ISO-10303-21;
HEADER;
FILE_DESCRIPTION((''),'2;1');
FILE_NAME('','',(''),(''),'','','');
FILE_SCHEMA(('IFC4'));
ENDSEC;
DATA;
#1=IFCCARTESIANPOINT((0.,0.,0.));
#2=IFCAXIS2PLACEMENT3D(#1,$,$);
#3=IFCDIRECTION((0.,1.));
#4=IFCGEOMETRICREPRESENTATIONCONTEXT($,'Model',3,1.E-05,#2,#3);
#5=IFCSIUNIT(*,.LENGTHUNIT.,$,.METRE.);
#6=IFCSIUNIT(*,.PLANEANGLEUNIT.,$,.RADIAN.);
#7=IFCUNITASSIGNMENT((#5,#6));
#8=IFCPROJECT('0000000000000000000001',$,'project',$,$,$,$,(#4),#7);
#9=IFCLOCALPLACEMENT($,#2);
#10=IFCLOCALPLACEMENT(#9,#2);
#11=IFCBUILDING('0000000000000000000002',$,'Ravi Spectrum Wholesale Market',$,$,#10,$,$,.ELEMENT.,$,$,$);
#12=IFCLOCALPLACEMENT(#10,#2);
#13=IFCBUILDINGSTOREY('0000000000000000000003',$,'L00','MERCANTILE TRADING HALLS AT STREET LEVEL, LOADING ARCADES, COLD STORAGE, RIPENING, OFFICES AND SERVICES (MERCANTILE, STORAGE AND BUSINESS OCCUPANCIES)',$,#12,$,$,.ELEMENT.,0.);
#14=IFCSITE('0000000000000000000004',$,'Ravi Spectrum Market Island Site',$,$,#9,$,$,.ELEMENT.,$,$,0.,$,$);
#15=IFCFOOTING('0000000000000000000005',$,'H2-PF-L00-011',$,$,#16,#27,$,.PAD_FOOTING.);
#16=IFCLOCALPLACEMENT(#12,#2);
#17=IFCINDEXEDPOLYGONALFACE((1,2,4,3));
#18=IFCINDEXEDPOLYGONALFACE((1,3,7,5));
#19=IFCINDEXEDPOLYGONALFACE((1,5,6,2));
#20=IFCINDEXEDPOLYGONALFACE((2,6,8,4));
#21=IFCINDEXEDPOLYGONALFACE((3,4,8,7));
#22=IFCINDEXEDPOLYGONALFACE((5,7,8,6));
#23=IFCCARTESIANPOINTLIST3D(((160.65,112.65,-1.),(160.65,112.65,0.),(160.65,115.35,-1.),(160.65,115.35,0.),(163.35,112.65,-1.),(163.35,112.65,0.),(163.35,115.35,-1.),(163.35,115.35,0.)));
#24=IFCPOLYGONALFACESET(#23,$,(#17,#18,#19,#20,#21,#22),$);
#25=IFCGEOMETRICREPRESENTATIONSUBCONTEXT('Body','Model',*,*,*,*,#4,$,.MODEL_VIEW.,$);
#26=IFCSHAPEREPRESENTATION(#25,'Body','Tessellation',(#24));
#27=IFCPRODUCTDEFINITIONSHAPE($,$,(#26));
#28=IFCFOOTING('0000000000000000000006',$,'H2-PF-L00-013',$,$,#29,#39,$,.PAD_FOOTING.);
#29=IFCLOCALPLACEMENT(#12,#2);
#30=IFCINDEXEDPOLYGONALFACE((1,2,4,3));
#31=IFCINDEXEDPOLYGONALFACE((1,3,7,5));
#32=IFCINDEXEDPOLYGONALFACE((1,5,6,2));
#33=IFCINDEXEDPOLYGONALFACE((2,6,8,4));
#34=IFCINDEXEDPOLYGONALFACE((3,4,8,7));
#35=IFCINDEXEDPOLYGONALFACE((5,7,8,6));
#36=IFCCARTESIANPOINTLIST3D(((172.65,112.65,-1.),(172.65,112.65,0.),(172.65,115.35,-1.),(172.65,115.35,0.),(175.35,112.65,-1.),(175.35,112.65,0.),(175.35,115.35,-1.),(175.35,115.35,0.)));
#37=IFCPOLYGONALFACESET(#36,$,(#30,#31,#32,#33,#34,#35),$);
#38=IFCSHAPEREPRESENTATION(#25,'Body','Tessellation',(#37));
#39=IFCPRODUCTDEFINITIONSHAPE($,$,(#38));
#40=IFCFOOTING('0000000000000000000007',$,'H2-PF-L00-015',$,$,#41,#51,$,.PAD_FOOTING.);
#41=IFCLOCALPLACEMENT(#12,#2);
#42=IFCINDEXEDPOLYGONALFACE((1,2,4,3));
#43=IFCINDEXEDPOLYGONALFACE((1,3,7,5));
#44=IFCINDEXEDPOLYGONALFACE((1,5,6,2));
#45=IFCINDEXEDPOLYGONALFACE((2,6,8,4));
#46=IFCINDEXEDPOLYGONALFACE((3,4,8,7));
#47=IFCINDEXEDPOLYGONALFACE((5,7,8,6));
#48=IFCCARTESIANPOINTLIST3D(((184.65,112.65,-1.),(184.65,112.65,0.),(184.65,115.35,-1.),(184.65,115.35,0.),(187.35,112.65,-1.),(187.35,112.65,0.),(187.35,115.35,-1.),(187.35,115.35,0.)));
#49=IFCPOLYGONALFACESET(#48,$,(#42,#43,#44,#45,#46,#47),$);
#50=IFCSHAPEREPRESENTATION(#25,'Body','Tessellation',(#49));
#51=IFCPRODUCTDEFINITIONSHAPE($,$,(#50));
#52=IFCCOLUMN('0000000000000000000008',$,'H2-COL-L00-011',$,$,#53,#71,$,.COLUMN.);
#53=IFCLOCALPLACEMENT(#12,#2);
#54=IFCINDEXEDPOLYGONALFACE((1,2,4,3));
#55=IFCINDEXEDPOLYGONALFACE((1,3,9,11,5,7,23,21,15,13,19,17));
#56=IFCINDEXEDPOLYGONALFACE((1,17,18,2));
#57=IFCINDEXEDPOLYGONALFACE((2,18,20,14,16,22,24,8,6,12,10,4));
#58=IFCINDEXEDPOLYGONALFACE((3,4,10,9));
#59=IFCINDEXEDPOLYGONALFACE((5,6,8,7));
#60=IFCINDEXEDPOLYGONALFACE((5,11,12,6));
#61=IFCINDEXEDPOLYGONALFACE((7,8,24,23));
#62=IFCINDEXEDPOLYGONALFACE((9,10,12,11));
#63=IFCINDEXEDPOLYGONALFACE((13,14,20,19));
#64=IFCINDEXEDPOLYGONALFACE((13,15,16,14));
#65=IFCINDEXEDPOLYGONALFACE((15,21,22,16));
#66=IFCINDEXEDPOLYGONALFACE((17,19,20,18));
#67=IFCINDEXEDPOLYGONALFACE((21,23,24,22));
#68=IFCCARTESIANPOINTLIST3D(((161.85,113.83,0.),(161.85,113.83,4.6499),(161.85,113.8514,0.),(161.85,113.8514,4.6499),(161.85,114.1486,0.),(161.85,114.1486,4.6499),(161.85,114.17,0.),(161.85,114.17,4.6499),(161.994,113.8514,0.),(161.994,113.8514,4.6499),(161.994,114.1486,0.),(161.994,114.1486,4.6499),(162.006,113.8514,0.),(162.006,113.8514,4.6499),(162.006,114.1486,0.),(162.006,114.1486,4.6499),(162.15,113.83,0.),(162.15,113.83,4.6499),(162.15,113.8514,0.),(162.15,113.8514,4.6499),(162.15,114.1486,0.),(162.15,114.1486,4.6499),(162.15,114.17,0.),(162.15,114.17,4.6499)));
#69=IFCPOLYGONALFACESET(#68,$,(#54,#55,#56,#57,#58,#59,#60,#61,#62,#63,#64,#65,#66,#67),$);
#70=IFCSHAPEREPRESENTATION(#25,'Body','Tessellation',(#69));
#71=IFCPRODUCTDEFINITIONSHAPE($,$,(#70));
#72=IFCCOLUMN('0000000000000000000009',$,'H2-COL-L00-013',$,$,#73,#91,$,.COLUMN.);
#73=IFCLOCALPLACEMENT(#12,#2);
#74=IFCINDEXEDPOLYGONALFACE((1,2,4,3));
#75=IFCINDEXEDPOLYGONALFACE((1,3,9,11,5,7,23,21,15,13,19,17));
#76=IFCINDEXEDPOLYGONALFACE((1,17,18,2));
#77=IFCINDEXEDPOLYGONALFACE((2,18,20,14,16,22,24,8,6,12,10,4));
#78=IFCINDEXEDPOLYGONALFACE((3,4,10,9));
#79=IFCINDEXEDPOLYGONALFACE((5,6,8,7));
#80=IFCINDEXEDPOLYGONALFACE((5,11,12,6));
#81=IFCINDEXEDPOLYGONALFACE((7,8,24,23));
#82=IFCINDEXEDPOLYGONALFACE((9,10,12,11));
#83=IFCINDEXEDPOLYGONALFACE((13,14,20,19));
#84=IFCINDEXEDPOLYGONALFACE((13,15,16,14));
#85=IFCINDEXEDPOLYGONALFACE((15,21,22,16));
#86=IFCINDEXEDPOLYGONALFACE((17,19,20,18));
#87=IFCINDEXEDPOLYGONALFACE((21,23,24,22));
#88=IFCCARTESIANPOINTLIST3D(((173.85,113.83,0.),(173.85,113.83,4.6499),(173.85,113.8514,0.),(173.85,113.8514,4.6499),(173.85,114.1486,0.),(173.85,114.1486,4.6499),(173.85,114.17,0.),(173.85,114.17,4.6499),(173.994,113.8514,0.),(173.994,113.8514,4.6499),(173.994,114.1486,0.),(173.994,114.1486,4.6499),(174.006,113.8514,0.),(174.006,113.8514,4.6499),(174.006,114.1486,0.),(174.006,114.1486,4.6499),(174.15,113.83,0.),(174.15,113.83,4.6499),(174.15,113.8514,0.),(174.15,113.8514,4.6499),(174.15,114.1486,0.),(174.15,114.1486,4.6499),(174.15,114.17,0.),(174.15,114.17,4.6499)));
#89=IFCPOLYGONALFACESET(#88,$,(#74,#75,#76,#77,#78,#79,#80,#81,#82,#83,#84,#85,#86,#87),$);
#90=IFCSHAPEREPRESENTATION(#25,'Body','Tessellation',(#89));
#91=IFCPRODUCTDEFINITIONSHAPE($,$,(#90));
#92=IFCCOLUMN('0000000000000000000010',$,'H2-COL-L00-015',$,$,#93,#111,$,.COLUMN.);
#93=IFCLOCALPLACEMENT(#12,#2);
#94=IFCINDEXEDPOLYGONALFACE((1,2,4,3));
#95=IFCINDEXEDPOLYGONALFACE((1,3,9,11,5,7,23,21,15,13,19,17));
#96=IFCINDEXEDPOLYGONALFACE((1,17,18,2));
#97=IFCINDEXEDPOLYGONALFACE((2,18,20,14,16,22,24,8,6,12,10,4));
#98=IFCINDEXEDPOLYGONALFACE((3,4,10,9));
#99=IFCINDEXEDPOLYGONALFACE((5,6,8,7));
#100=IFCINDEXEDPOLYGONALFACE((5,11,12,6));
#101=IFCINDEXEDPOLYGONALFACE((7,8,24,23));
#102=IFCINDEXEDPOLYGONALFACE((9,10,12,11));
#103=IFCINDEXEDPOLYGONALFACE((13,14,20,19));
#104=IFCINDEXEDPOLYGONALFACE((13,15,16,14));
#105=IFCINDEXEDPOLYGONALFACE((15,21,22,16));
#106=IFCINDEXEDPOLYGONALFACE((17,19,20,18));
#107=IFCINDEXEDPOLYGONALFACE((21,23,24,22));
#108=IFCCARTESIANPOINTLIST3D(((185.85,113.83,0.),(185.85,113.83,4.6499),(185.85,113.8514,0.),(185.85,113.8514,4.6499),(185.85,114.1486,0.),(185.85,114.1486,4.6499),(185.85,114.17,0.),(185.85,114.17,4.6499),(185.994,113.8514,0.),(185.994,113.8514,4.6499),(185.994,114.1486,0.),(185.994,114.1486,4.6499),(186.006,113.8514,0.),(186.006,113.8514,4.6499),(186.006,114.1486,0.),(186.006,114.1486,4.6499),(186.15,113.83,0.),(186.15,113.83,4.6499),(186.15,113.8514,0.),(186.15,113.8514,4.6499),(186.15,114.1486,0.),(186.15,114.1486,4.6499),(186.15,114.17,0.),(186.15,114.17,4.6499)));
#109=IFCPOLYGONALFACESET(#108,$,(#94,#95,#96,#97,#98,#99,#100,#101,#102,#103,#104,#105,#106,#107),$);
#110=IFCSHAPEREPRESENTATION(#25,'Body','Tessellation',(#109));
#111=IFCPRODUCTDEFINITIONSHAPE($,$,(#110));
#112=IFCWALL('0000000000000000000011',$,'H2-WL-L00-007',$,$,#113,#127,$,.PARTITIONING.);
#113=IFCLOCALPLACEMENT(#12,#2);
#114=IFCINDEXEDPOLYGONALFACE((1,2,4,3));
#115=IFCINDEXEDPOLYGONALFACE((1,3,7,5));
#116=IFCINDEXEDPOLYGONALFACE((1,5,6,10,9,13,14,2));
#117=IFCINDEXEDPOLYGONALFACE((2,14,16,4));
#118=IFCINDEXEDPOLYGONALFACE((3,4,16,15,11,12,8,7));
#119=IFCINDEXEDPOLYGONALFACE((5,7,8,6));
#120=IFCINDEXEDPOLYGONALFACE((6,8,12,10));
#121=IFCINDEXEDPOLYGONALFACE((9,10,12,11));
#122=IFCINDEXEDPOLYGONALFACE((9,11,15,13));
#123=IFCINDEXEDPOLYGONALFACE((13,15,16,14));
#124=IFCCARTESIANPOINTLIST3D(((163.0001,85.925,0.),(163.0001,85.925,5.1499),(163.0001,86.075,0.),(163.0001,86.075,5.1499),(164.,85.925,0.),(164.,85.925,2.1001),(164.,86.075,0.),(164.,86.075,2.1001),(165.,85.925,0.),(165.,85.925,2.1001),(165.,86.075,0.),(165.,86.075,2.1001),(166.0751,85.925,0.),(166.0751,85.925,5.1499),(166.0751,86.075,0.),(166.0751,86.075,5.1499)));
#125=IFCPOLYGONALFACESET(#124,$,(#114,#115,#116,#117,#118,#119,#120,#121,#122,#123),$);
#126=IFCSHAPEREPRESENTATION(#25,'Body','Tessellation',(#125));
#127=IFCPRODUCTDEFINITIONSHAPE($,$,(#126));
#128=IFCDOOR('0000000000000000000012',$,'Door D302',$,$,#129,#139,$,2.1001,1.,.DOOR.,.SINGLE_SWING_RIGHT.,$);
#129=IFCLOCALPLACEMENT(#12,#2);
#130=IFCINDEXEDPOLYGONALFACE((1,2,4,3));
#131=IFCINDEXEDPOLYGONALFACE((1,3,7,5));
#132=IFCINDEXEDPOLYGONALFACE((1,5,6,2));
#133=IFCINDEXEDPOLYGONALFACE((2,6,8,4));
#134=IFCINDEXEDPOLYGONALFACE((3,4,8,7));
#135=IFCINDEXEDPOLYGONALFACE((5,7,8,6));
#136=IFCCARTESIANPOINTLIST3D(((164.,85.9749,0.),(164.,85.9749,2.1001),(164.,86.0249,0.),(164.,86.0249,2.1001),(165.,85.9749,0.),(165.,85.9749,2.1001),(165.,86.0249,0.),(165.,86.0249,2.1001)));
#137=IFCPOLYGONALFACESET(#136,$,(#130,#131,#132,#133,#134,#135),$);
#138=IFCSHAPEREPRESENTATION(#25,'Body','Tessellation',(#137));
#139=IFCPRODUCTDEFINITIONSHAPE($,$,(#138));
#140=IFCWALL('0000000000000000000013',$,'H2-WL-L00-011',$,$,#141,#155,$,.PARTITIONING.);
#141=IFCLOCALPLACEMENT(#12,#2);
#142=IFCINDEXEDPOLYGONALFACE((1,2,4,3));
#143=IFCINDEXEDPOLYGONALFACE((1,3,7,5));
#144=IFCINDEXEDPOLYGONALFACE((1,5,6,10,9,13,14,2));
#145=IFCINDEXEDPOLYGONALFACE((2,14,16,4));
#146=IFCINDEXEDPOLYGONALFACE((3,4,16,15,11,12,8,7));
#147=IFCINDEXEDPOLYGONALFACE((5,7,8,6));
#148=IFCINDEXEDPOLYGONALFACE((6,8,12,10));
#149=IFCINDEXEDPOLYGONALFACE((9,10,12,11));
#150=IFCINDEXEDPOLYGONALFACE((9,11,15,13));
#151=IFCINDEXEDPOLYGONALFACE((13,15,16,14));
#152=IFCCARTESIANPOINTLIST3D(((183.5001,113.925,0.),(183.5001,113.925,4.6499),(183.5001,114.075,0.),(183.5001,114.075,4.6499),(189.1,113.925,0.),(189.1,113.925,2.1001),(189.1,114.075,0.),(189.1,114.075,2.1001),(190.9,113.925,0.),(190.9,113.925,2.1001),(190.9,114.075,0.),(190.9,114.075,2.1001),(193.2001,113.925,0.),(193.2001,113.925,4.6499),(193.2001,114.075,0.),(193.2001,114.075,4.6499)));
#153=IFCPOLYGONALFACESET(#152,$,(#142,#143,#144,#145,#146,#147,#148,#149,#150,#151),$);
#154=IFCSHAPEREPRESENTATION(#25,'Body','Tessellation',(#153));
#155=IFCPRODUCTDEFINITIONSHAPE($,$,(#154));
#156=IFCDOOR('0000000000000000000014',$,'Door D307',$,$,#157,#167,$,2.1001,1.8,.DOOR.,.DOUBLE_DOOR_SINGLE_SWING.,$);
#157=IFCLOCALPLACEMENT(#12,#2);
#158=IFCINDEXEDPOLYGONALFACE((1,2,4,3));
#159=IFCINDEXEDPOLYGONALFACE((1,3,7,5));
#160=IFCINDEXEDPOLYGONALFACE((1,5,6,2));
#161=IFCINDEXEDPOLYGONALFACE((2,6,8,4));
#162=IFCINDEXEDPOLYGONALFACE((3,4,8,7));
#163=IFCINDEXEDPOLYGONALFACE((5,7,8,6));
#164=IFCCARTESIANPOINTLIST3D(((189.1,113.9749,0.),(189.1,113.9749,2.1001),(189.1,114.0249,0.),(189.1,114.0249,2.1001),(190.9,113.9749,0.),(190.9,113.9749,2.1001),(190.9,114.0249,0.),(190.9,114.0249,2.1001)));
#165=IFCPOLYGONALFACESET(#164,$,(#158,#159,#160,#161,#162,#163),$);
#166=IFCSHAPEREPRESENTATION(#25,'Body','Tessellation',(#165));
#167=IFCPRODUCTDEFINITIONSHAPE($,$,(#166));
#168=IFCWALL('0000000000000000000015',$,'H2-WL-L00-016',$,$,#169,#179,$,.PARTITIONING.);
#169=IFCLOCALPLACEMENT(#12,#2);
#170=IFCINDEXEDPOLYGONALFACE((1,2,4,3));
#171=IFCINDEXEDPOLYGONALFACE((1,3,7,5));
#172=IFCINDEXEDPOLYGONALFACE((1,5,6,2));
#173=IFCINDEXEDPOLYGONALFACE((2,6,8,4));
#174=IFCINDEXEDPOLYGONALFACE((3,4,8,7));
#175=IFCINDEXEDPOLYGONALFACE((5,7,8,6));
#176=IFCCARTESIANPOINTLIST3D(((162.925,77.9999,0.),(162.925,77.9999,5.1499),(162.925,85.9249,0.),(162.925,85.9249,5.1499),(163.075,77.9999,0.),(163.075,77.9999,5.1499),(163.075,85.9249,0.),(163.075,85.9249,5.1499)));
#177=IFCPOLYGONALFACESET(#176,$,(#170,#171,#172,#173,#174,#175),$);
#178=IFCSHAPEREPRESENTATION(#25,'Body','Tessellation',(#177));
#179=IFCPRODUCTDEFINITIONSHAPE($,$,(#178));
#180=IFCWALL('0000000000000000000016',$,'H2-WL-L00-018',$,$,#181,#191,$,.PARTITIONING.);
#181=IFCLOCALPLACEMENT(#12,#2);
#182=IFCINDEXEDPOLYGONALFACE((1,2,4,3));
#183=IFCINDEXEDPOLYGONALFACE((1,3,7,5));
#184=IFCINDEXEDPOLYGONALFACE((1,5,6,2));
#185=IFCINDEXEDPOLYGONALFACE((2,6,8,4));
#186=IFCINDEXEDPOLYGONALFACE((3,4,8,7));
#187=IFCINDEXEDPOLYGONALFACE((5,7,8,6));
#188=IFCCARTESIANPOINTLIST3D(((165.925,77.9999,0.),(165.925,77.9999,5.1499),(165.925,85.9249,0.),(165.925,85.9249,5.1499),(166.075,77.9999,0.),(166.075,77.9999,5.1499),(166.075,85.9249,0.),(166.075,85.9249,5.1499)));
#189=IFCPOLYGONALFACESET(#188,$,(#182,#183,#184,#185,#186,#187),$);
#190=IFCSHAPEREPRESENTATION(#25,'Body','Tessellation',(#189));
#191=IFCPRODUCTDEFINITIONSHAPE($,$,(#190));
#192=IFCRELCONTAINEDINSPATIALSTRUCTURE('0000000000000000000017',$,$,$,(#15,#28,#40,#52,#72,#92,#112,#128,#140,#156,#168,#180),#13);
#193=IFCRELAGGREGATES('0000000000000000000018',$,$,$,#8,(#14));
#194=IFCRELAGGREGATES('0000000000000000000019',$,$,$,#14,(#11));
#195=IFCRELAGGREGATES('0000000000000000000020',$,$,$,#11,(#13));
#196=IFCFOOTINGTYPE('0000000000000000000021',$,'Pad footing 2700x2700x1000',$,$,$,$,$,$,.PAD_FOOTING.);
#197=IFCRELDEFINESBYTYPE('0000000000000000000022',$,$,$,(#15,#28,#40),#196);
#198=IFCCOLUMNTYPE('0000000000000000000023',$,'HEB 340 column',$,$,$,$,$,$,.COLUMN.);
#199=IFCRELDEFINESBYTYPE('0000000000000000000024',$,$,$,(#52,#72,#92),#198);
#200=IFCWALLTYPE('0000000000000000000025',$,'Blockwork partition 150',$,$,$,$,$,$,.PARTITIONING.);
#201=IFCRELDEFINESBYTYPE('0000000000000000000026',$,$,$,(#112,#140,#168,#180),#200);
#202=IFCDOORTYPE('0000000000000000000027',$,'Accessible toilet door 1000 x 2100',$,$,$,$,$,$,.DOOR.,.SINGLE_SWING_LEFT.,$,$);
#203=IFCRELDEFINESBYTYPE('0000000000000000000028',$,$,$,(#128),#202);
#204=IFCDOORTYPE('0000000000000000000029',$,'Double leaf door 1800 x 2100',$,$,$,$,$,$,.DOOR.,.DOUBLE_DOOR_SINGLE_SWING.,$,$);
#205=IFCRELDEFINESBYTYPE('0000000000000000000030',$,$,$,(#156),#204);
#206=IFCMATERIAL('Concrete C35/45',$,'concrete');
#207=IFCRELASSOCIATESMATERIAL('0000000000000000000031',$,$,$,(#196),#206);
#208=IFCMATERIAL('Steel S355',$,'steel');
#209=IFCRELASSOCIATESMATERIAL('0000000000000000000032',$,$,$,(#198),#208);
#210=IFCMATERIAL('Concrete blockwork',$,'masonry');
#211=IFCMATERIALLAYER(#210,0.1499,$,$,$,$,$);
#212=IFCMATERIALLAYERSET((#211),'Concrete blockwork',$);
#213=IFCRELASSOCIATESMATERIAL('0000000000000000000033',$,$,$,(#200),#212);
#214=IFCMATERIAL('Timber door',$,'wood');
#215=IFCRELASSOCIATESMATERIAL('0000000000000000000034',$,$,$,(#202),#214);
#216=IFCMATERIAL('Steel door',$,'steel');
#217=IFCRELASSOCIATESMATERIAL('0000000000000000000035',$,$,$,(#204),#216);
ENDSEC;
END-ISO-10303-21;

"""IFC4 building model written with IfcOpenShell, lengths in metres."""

from ifc_helpers import new_model, si_unit, direction, frame, frame_2d, origin, origin_2d, place, context, subcontext, project, spatial, rectangle, i_section, extrude, material, layer, layer_set, material_profile, profile_set, type_object, element, fill, save


model = new_model("IFC4")

# Units and contexts
model_context = context("Model", 3, precision=1e-05, world=origin(), true_north=direction((0.0, 1.0)))
body_context = subcontext(model_context, "Body", "Model", "MODEL_VIEW")
ifc_project = project(units=[si_unit("LENGTHUNIT", "METRE"), si_unit("PLANEANGLEUNIT", "RADIAN")], contexts=[model_context])

# Site, building, storey
site_placement = place(None, origin())
site = spatial("IfcSite", under=ifc_project, at=site_placement, Name="Ravi Spectrum Market Island Site", CompositionType="ELEMENT", RefElevation=0.0)
building_placement = place(site_placement, origin())
building = spatial("IfcBuilding", under=site, at=building_placement, Name="Ravi Spectrum Wholesale Market", CompositionType="ELEMENT")
storey_placement = place(building_placement, origin())
storey = spatial("IfcBuildingStorey", under=building, at=storey_placement, Name="L00", Description="MERCANTILE TRADING HALLS AT STREET LEVEL, LOADING ARCADES, COLD STORAGE, RIPENING, OFFICES AND SERVICES (MERCANTILE, STORAGE AND BUSINESS OCCUPANCIES)", CompositionType="ELEMENT", Elevation=0.0)

# Footings
ifc_material_1 = material(Name="Concrete C35/45", Category="concrete")
footing_type = type_object("IfcFootingType", Name="Pad footing 2700x2700x1000", PredefinedType="PAD_FOOTING", material=ifc_material_1)
for number, where, z_axis, x_axis, name in (
    (1, (162.0, 114.0, -1.0), (0.0, 0.0, 1.0), (1.0, 0.0, 0.0), "H2-PF-L00-011"),
    (2, (174.0, 114.0, -1.0), (0.0, 0.0, 1.0), (1.0, 0.0, 0.0), "H2-PF-L00-013"),
    (3, (186.0, 114.0, -1.0), (0.0, 0.0, 1.0), (1.0, 0.0, 0.0), "H2-PF-L00-015"),
):
    element("IfcFooting", number, at=place(storey_placement, frame(where, z_axis=z_axis, x_axis=x_axis)), inside=storey, type_object=footing_type, Name=name, PredefinedType="PAD_FOOTING", context=body_context, shape_type="SweptSolid", body=[
        extrude(rectangle(XDim=2.7, YDim=2.7, at=origin_2d()), origin(), (0.0, 0.0, 1.0), 1.0),
    ])

# Columns
ifc_material_2 = material(Name="Steel S355", Category="steel")
ifc_material_profile = material_profile(ifc_material_2, i_section(OverallWidth=0.3, OverallDepth=0.3401, WebThickness=0.012, FlangeThickness=0.0215, at=origin_2d()))
ifc_profile_set = profile_set([ifc_material_profile], Name="Steel S355")
column_type = type_object("IfcColumnType", Name="HEB 340 column", PredefinedType="COLUMN", material=ifc_profile_set)
for number, where, z_axis, x_axis, name in (
    (4, (162.0, 114.0, 0.0), (0.0, 0.0, 1.0), (1.0, 0.0, 0.0), "H2-COL-L00-011"),
    (5, (174.0, 114.0, 0.0), (0.0, 0.0, 1.0), (1.0, 0.0, 0.0), "H2-COL-L00-013"),
    (6, (186.0, 114.0, 0.0), (0.0, 0.0, 1.0), (1.0, 0.0, 0.0), "H2-COL-L00-015"),
):
    element("IfcColumn", number, at=place(storey_placement, frame(where, z_axis=z_axis, x_axis=x_axis)), inside=storey, type_object=column_type, Name=name, PredefinedType="COLUMN", context=body_context, shape_type="SweptSolid", body=[
        extrude(i_section(OverallWidth=0.3, OverallDepth=0.3401, WebThickness=0.012, FlangeThickness=0.0215, at=origin_2d()), origin(), (0.0, 0.0, 1.0), 4.6499),
    ])

# Walls, openings, doors
ifc_material_3 = material(Name="Concrete blockwork", Category="masonry")
ifc_layer_1 = layer(ifc_material_3, 0.1499)
ifc_layer_set_1 = layer_set([ifc_layer_1], Name="Concrete blockwork")
wall_type_1 = type_object("IfcWallType", Name="Blockwork partition 150", PredefinedType="PARTITIONING", material=ifc_layer_set_1)
wall_1_placement = place(storey_placement, frame((163.0, 86.0, 0.0), z_axis=(0.0, 0.0, 1.0), x_axis=(1.0, 0.0, 0.0)))
wall_1 = element("IfcWall", 7, at=wall_1_placement, inside=storey, type_object=wall_type_1, Name="H2-WL-L00-007", PredefinedType="PARTITIONING", context=body_context, shape_type="SweptSolid", body=[
    extrude(rectangle(XDim=3.075, YDim=0.1499, at=frame_2d((1.5376, 0.0))), origin(), (0.0, 0.0, 1.0), 5.1499),
])
opening_1_placement = place(wall_1_placement, frame((1.0, 0.0, 0.0)))
opening_1 = element("IfcOpeningElement", 8, at=opening_1_placement, cuts=wall_1, PredefinedType="OPENING", context=body_context, shape_type="SweptSolid", body=[
    extrude(rectangle(XDim=1.0, YDim=2.1001, at=frame_2d((0.5, 1.05))), frame((0.0, 0.085, 0.0), z_axis=(0.0, -1.0, 0.0), x_axis=(1.0, 0.0, 0.0)), (0.0, 0.0, 1.0), 0.1699),
])
ifc_material_4 = material(Name="Timber door", Category="wood")
door_type_1 = type_object("IfcDoorType", Name="Accessible toilet door 1000 x 2100", OperationType="SINGLE_SWING_LEFT", PredefinedType="DOOR", material=ifc_material_4)
door_1_placement = place(opening_1_placement, origin())
door_1 = element("IfcDoor", 9, at=door_1_placement, inside=storey, type_object=door_type_1, Name="Door D302", OperationType="SINGLE_SWING_RIGHT", OverallHeight=2.1001, OverallWidth=1.0, PredefinedType="DOOR", context=body_context, shape_type="SweptSolid", body=[
    extrude(rectangle(XDim=1.0, YDim=2.1001, at=frame_2d((0.5, 1.05))), frame((0.0, 0.0249, 0.0), z_axis=(0.0, -1.0, 0.0), x_axis=(1.0, 0.0, 0.0)), (0.0, 0.0, 1.0), 0.05),
])
fill(opening_1, door_1)
wall_2_placement = place(storey_placement, frame((183.5, 114.0, 0.0), z_axis=(0.0, 0.0, 1.0), x_axis=(1.0, 0.0, 0.0)))
wall_2 = element("IfcWall", 10, at=wall_2_placement, inside=storey, type_object=wall_type_1, Name="H2-WL-L00-011", PredefinedType="PARTITIONING", context=body_context, shape_type="SweptSolid", body=[
    extrude(rectangle(XDim=9.7, YDim=0.1499, at=frame_2d((4.8501, 0.0))), origin(), (0.0, 0.0, 1.0), 4.6499),
])
opening_2_placement = place(wall_2_placement, frame((5.6001, 0.0, 0.0)))
opening_2 = element("IfcOpeningElement", 11, at=opening_2_placement, cuts=wall_2, PredefinedType="OPENING", context=body_context, shape_type="SweptSolid", body=[
    extrude(rectangle(XDim=1.8, YDim=2.1001, at=frame_2d((0.8999, 1.05))), frame((0.0, 0.085, 0.0), z_axis=(0.0, -1.0, 0.0), x_axis=(1.0, 0.0, 0.0)), (0.0, 0.0, 1.0), 0.1699),
])
ifc_material_5 = material(Name="Steel door", Category="steel")
door_type_2 = type_object("IfcDoorType", Name="Double leaf door 1800 x 2100", OperationType="DOUBLE_DOOR_SINGLE_SWING", PredefinedType="DOOR", material=ifc_material_5)
door_2_placement = place(opening_2_placement, origin())
door_2 = element("IfcDoor", 12, at=door_2_placement, inside=storey, type_object=door_type_2, Name="Door D307", OperationType="DOUBLE_DOOR_SINGLE_SWING", OverallHeight=2.1001, OverallWidth=1.8, PredefinedType="DOOR", context=body_context, shape_type="SweptSolid", body=[
    extrude(rectangle(XDim=1.8, YDim=2.1001, at=frame_2d((0.8999, 1.05))), frame((0.0, 0.0249, 0.0), z_axis=(0.0, -1.0, 0.0), x_axis=(1.0, 0.0, 0.0)), (0.0, 0.0, 1.0), 0.05),
])
fill(opening_2, door_2)

# Walls
for number, where, z_axis, x_axis, name in (
    (13, (163.0, 78.0, 0.0), (0.0, 0.0, 1.0), (0.0, 1.0, 0.0), "H2-WL-L00-016"),
    (14, (166.0, 78.0, 0.0), (0.0, 0.0, 1.0), (0.0, 1.0, 0.0), "H2-WL-L00-018"),
):
    element("IfcWall", number, at=place(storey_placement, frame(where, z_axis=z_axis, x_axis=x_axis)), inside=storey, type_object=wall_type_1, Name=name, PredefinedType="PARTITIONING", context=body_context, shape_type="SweptSolid", body=[
        extrude(rectangle(XDim=7.925, YDim=0.1499, at=frame_2d((3.9624, 0.0))), origin(), (0.0, 0.0, 1.0), 5.1499),
    ])

save(model, "model.ifc")
